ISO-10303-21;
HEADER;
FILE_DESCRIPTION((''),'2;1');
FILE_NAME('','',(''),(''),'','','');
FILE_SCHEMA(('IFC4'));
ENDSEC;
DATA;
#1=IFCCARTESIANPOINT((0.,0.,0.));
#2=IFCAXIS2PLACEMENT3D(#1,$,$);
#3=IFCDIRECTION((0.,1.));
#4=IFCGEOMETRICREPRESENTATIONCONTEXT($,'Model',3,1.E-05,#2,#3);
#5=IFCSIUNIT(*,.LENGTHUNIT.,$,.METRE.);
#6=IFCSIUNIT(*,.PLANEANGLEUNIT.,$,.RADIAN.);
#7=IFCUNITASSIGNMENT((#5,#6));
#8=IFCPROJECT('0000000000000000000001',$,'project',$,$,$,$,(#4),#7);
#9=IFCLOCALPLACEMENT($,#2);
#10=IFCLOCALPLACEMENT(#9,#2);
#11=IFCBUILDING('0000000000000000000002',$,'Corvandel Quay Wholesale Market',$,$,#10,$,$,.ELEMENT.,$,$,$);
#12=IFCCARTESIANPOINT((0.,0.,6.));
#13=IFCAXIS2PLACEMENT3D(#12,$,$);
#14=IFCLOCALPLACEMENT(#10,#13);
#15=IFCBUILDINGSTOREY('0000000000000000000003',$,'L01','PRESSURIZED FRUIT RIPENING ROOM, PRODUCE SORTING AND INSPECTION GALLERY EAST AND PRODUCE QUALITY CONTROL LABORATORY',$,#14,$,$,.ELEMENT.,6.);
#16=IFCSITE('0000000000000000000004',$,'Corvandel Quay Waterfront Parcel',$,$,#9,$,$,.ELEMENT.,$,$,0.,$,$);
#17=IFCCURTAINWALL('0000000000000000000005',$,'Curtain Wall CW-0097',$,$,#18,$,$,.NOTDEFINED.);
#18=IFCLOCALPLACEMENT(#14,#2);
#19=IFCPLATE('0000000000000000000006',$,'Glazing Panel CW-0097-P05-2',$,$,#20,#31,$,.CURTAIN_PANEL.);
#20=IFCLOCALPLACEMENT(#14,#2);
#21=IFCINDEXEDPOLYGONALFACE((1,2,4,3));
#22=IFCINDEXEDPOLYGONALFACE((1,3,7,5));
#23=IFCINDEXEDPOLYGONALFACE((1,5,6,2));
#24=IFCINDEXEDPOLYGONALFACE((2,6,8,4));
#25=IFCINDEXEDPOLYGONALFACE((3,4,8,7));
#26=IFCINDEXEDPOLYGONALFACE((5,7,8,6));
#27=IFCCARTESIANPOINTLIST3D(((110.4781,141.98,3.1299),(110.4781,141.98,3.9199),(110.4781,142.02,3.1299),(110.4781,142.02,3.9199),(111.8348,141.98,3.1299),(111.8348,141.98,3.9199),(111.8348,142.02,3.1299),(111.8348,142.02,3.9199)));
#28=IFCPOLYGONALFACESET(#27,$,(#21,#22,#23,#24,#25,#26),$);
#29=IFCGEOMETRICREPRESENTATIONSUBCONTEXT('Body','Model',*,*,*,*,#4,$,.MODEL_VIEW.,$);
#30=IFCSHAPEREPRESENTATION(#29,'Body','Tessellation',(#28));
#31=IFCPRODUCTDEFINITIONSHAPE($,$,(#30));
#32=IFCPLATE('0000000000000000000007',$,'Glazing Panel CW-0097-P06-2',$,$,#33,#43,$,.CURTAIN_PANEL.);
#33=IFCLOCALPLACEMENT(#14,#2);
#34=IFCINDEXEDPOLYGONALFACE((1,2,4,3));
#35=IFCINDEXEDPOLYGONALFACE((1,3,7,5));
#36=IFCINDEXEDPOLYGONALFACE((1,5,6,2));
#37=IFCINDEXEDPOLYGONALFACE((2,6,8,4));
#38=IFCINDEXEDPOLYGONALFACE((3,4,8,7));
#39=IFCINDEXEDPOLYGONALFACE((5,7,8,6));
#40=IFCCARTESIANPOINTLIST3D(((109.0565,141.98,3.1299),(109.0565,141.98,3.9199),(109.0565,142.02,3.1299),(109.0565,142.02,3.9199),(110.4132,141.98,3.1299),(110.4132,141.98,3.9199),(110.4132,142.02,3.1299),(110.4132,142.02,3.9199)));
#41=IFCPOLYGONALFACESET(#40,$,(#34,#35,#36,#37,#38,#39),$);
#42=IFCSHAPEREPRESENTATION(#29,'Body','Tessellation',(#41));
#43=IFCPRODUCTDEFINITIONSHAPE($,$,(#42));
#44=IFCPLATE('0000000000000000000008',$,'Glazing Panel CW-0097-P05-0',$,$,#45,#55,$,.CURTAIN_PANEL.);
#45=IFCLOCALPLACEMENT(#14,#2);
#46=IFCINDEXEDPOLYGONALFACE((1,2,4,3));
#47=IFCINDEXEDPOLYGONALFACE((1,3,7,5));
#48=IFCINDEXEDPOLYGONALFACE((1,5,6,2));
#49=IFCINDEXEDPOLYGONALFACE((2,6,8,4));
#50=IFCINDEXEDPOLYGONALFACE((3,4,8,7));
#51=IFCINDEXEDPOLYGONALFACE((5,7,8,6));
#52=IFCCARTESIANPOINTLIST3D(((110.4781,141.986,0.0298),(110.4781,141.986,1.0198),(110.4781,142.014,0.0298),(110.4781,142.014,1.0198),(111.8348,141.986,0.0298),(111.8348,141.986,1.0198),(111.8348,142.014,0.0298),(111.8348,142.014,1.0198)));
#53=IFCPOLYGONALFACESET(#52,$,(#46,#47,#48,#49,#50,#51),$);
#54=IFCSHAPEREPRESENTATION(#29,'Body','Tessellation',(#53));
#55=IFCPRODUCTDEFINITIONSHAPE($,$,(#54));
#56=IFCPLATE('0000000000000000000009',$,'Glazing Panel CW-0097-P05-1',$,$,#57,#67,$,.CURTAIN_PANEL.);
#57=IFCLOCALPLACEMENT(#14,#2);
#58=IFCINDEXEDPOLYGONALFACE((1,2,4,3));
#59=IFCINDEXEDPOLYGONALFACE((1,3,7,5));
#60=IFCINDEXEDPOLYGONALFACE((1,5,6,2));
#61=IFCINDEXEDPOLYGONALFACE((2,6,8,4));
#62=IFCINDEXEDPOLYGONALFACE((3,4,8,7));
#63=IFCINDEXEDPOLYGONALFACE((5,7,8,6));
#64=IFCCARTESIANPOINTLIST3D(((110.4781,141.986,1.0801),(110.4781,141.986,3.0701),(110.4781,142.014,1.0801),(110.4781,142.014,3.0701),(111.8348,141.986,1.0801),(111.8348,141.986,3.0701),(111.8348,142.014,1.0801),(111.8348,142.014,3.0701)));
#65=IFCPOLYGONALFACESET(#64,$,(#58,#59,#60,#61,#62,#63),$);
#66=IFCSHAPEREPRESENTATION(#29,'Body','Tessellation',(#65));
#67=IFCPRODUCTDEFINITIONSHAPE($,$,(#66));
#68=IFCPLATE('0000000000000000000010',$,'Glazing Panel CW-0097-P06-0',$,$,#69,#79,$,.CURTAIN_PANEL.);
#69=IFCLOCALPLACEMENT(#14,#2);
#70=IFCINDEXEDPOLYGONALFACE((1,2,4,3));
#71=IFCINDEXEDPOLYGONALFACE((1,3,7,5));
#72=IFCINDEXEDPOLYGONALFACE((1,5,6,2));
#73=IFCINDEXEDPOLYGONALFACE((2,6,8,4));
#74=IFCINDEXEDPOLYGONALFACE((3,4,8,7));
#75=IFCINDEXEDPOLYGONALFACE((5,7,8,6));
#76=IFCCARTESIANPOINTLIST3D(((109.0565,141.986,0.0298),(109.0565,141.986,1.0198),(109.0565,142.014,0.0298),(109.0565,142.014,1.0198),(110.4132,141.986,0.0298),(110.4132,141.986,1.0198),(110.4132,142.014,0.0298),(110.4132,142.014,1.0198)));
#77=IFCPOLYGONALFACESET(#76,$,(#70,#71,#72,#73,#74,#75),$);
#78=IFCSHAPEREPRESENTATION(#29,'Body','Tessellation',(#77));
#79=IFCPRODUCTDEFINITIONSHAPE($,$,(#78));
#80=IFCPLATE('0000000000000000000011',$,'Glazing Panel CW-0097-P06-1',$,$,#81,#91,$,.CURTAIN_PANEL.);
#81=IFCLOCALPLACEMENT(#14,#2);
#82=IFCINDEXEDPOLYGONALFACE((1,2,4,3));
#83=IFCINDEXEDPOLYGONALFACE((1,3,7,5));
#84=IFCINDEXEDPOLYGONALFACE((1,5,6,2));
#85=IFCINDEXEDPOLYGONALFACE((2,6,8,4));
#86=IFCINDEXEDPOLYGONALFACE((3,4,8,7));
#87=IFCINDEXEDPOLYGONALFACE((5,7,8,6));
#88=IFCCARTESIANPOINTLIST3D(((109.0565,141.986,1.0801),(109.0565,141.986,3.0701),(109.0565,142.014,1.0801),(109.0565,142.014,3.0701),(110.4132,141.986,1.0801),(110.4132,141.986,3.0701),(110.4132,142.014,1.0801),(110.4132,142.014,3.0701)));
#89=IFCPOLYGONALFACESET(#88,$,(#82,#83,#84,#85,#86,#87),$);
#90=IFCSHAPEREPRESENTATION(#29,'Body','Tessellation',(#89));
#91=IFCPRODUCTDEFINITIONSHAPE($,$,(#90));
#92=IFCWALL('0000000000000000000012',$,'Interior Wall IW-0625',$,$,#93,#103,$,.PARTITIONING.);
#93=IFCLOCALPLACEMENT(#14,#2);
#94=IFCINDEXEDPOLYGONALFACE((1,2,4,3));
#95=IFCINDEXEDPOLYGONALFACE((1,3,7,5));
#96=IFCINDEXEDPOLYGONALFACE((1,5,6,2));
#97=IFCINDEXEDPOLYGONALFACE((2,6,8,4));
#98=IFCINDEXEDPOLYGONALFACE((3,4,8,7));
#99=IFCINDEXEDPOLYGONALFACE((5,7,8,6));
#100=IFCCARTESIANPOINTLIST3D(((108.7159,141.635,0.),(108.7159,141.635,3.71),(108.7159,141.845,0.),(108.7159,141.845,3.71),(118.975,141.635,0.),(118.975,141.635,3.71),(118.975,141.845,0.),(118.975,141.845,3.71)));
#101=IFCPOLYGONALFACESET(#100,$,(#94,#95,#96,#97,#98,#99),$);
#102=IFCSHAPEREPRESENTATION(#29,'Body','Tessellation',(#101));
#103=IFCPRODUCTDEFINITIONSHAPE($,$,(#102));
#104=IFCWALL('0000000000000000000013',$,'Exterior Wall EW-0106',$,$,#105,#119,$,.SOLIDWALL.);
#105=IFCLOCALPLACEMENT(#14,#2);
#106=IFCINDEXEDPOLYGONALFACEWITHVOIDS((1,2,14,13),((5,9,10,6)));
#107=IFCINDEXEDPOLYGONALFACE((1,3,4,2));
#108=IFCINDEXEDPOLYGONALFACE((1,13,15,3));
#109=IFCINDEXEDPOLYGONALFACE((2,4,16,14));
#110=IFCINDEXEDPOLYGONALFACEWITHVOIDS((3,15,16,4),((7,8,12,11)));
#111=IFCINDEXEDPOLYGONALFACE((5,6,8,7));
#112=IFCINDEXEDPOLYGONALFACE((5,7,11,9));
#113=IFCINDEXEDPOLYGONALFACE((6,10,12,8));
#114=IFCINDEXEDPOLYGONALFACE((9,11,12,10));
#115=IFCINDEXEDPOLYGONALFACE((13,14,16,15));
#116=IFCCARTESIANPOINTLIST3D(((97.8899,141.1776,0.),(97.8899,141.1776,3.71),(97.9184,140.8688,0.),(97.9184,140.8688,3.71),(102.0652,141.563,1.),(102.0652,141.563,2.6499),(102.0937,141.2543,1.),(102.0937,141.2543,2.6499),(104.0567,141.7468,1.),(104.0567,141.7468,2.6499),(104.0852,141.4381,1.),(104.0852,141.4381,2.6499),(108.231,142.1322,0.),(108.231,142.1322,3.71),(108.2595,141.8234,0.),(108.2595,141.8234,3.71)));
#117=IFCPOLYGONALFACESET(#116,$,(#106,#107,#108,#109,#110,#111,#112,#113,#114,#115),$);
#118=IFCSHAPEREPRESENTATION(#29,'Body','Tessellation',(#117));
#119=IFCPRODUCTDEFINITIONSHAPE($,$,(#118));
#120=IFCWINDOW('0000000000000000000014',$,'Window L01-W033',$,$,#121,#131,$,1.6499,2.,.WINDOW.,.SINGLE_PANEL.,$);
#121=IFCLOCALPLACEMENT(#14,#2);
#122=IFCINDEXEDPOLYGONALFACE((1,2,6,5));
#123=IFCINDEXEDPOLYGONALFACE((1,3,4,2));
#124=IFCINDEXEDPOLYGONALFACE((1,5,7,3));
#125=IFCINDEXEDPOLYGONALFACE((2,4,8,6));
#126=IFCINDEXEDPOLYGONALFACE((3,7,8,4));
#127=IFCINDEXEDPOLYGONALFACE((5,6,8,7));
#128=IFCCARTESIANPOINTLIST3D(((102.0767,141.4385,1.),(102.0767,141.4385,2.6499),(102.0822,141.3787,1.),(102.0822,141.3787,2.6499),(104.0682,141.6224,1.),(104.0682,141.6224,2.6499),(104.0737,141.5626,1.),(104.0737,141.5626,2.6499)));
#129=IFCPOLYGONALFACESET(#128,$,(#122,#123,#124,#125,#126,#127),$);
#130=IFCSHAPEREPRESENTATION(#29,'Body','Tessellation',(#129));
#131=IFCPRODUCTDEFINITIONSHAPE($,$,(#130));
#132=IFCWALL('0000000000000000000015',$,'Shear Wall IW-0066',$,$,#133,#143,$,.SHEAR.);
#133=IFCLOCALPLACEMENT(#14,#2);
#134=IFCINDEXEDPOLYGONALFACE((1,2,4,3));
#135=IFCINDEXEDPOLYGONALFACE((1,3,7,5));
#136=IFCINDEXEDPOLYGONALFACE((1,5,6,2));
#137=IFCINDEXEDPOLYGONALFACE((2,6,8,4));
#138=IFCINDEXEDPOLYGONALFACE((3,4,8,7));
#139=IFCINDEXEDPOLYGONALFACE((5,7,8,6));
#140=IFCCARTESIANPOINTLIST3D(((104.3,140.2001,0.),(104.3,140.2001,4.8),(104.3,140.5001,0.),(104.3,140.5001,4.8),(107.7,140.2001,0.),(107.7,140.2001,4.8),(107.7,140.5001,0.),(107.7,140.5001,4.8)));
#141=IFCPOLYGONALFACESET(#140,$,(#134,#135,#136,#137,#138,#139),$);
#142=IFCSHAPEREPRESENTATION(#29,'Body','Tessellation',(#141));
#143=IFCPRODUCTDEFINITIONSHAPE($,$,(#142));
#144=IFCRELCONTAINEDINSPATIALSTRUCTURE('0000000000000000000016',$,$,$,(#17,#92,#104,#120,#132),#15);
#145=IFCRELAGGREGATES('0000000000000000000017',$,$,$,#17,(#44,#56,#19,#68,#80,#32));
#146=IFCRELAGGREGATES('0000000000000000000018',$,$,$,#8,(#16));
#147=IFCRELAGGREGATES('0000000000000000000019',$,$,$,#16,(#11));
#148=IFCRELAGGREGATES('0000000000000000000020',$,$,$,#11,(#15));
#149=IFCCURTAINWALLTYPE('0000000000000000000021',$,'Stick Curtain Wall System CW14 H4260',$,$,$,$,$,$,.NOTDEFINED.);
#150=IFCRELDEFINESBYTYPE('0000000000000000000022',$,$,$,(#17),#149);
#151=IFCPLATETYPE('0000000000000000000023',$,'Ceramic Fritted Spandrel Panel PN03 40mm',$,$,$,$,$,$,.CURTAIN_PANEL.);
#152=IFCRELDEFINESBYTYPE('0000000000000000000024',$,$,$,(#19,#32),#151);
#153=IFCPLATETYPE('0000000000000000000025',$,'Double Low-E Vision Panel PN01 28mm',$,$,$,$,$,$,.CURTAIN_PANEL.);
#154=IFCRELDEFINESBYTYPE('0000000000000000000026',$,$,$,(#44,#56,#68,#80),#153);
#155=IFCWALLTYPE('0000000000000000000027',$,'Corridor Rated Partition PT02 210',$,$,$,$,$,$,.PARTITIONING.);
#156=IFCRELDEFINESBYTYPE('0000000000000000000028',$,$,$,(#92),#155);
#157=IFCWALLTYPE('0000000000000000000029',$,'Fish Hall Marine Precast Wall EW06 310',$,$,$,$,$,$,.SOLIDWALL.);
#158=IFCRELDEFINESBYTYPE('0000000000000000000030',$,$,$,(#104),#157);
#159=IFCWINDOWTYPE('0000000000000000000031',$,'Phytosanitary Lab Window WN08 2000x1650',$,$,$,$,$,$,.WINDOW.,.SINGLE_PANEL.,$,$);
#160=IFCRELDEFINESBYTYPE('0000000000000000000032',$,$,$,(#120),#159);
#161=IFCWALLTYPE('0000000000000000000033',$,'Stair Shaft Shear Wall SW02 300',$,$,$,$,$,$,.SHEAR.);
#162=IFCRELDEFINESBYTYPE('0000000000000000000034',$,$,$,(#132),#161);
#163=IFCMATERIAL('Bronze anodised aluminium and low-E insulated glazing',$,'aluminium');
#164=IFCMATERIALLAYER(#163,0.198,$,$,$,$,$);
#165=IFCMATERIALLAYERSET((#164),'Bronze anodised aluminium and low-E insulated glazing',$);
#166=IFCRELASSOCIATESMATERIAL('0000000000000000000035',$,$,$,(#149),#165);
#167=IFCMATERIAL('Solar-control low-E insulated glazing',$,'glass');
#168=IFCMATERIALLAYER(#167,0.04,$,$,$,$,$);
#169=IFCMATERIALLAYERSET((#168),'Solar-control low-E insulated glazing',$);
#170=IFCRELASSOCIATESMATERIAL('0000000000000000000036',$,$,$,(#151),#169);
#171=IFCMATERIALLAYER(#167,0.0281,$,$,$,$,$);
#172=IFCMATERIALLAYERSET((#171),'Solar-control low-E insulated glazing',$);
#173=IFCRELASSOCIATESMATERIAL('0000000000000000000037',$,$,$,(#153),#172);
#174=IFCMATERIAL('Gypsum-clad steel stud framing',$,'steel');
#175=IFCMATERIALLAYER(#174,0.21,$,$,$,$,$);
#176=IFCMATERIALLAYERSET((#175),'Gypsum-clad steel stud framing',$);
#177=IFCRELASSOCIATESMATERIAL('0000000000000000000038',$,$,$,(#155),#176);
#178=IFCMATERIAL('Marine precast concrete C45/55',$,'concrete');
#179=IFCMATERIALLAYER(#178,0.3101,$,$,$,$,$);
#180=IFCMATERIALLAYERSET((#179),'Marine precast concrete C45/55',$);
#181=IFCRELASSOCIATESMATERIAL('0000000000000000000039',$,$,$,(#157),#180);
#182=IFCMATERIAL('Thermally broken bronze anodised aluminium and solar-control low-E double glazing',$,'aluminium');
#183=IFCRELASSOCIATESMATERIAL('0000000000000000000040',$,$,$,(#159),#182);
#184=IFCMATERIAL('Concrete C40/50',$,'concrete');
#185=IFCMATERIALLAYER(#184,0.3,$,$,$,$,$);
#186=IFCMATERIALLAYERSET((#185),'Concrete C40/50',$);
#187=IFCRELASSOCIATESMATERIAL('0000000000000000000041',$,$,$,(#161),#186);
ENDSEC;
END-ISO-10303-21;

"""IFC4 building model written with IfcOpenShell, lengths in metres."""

from ifc_helpers import new_model, si_unit, direction, frame, frame_2d, origin, origin_2d, place, context, subcontext, project, spatial, rectangle, extrude, material, layer, layer_set, type_object, element, fill, aggregate, save


model = new_model("IFC4")

# Units and contexts
model_context = context("Model", 3, precision=1e-05, world=origin(), true_north=direction((0.0, 1.0)))
body_context = subcontext(model_context, "Body", "Model", "MODEL_VIEW")
ifc_project = project(units=[si_unit("LENGTHUNIT", "METRE"), si_unit("PLANEANGLEUNIT", "RADIAN")], contexts=[model_context])

# Site, building, storey
site_placement = place(None, origin())
site = spatial("IfcSite", under=ifc_project, at=site_placement, Name="Corvandel Quay Waterfront Parcel", CompositionType="ELEMENT", RefElevation=0.0)
building_placement = place(site_placement, origin())
building = spatial("IfcBuilding", under=site, at=building_placement, Name="Corvandel Quay Wholesale Market", CompositionType="ELEMENT")
storey_placement = place(building_placement, frame((0.0, 0.0, 6.0)))
storey = spatial("IfcBuildingStorey", under=building, at=storey_placement, Name="L01", Description="PRESSURIZED FRUIT RIPENING ROOM, PRODUCE SORTING AND INSPECTION GALLERY EAST AND PRODUCE QUALITY CONTROL LABORATORY", CompositionType="ELEMENT", Elevation=6.0)

# Curtain wall
ifc_material_1 = material(Name="Bronze anodised aluminium and low-E insulated glazing", Category="aluminium")
ifc_layer_1 = layer(ifc_material_1, 0.198)
ifc_layer_set_1 = layer_set([ifc_layer_1], Name="Bronze anodised aluminium and low-E insulated glazing")
curtain_wall_type = type_object("IfcCurtainWallType", Name="Stick Curtain Wall System CW14 H4260", PredefinedType="NOTDEFINED", material=ifc_layer_set_1)
curtain_wall_placement = place(storey_placement, origin())
curtain_wall = element("IfcCurtainWall", 1, at=curtain_wall_placement, inside=storey, type_object=curtain_wall_type, Name="Curtain Wall CW-0097", PredefinedType="NOTDEFINED")

# Plates
ifc_material_2 = material(Name="Solar-control low-E insulated glazing", Category="glass")
ifc_layer_2 = layer(ifc_material_2, 0.04)
ifc_layer_set_2 = layer_set([ifc_layer_2], Name="Solar-control low-E insulated glazing")
plate_type_1 = type_object("IfcPlateType", Name="Ceramic Fritted Spandrel Panel PN03 40mm", PredefinedType="CURTAIN_PANEL", material=ifc_layer_set_2)
plate_1_placement = place(storey_placement, frame((111.1565, 142.0, 3.1299), z_axis=(0.0, 0.0, 1.0), x_axis=(1.0, 0.0, 0.0)))
plate_1 = element("IfcPlate", 2, at=plate_1_placement, type_object=plate_type_1, Name="Glazing Panel CW-0097-P05-2", PredefinedType="CURTAIN_PANEL", context=body_context, shape_type="SweptSolid", body=[
    extrude(rectangle(XDim=1.3567, YDim=0.04, at=origin_2d()), origin(), (0.0, 0.0, 1.0), 0.79),
])
plate_2_placement = place(storey_placement, frame((109.7349, 142.0, 3.1299), z_axis=(0.0, 0.0, 1.0), x_axis=(1.0, 0.0, 0.0)))
plate_2 = element("IfcPlate", 3, at=plate_2_placement, type_object=plate_type_1, Name="Glazing Panel CW-0097-P06-2", PredefinedType="CURTAIN_PANEL", context=body_context, shape_type="SweptSolid", body=[
    extrude(rectangle(XDim=1.3567, YDim=0.04, at=origin_2d()), origin(), (0.0, 0.0, 1.0), 0.79),
])
ifc_layer_3 = layer(ifc_material_2, 0.0281)
ifc_layer_set_3 = layer_set([ifc_layer_3], Name="Solar-control low-E insulated glazing")
plate_type_2 = type_object("IfcPlateType", Name="Double Low-E Vision Panel PN01 28mm", PredefinedType="CURTAIN_PANEL", material=ifc_layer_set_3)
plate_3_placement = place(storey_placement, frame((111.1565, 142.0, 0.0298), z_axis=(0.0, 0.0, 1.0), x_axis=(1.0, 0.0, 0.0)))
plate_3 = element("IfcPlate", 4, at=plate_3_placement, type_object=plate_type_2, Name="Glazing Panel CW-0097-P05-0", PredefinedType="CURTAIN_PANEL", context=body_context, shape_type="SweptSolid", body=[
    extrude(rectangle(XDim=1.3567, YDim=0.0281, at=origin_2d()), origin(), (0.0, 0.0, 1.0), 0.99),
])
plate_4_placement = place(storey_placement, frame((111.1565, 142.0, 1.0801), z_axis=(0.0, 0.0, 1.0), x_axis=(1.0, 0.0, 0.0)))
plate_4 = element("IfcPlate", 5, at=plate_4_placement, type_object=plate_type_2, Name="Glazing Panel CW-0097-P05-1", PredefinedType="CURTAIN_PANEL", context=body_context, shape_type="SweptSolid", body=[
    extrude(rectangle(XDim=1.3567, YDim=0.0281, at=origin_2d()), origin(), (0.0, 0.0, 1.0), 1.99),
])
plate_5_placement = place(storey_placement, frame((109.7349, 142.0, 0.0298), z_axis=(0.0, 0.0, 1.0), x_axis=(1.0, 0.0, 0.0)))
plate_5 = element("IfcPlate", 6, at=plate_5_placement, type_object=plate_type_2, Name="Glazing Panel CW-0097-P06-0", PredefinedType="CURTAIN_PANEL", context=body_context, shape_type="SweptSolid", body=[
    extrude(rectangle(XDim=1.3567, YDim=0.0281, at=origin_2d()), origin(), (0.0, 0.0, 1.0), 0.99),
])
plate_6_placement = place(storey_placement, frame((109.7349, 142.0, 1.0801), z_axis=(0.0, 0.0, 1.0), x_axis=(1.0, 0.0, 0.0)))
plate_6 = element("IfcPlate", 7, at=plate_6_placement, type_object=plate_type_2, Name="Glazing Panel CW-0097-P06-1", PredefinedType="CURTAIN_PANEL", context=body_context, shape_type="SweptSolid", body=[
    extrude(rectangle(XDim=1.3567, YDim=0.0281, at=origin_2d()), origin(), (0.0, 0.0, 1.0), 1.99),
])
aggregate(curtain_wall, [plate_3, plate_4, plate_1, plate_5, plate_6, plate_2])

# Wall
ifc_material_3 = material(Name="Gypsum-clad steel stud framing", Category="steel")
ifc_layer_4 = layer(ifc_material_3, 0.21)
ifc_layer_set_4 = layer_set([ifc_layer_4], Name="Gypsum-clad steel stud framing")
wall_type_1 = type_object("IfcWallType", Name="Corridor Rated Partition PT02 210", PredefinedType="PARTITIONING", material=ifc_layer_set_4)
wall_1_placement = place(storey_placement, frame((108.7161, 141.74, 0.0), z_axis=(0.0, 0.0, 1.0), x_axis=(1.0, 0.0, 0.0)))
element("IfcWall", 8, at=wall_1_placement, inside=storey, type_object=wall_type_1, Name="Interior Wall IW-0625", PredefinedType="PARTITIONING", context=body_context, shape_type="SweptSolid", body=[
    extrude(rectangle(XDim=10.259, YDim=0.21, at=frame_2d((5.1294, 0.0))), origin(), (0.0, 0.0, 1.0), 3.71),
])

# Wall, opening, window
ifc_material_4 = material(Name="Marine precast concrete C45/55", Category="concrete")
ifc_layer_5 = layer(ifc_material_4, 0.3101)
ifc_layer_set_5 = layer_set([ifc_layer_5], Name="Marine precast concrete C45/55")
wall_type_2 = type_object("IfcWallType", Name="Fish Hall Marine Precast Wall EW06 310", PredefinedType="SOLIDWALL", material=ifc_layer_set_5)
wall_2_placement = place(storey_placement, frame((108.2451, 141.9778, 0.0), z_axis=(0.0, 0.0, 1.0), x_axis=(-0.995766, -0.09192, 0.0)))
wall_2 = element("IfcWall", 9, at=wall_2_placement, inside=storey, type_object=wall_type_2, Name="Exterior Wall EW-0106", PredefinedType="SOLIDWALL", context=body_context, shape_type="SweptSolid", body=[
    extrude(rectangle(XDim=10.385, YDim=0.3101, at=frame_2d((5.1924, 0.0))), origin(), (0.0, 0.0, 1.0), 3.71),
])
opening_placement = place(wall_2_placement, frame((4.1919, 0.0, 1.0)))
opening = element("IfcOpeningElement", 10, at=opening_placement, cuts=wall_2, PredefinedType="OPENING", context=body_context, shape_type="SweptSolid", body=[
    extrude(rectangle(XDim=2.0, YDim=1.6499, at=frame_2d((1.0, 0.825))), frame((0.0, 0.165, 0.0), z_axis=(0.0, -1.0, 0.0), x_axis=(1.0, 0.0, 0.0)), (0.0, 0.0, 1.0), 0.3301),
])
ifc_material_5 = material(Name="Thermally broken bronze anodised aluminium and solar-control low-E double glazing", Category="aluminium")
window_type = type_object("IfcWindowType", Name="Phytosanitary Lab Window WN08 2000x1650", PartitioningType="SINGLE_PANEL", PredefinedType="WINDOW", material=ifc_material_5)
window_placement = place(opening_placement, origin())
window = element("IfcWindow", 11, at=window_placement, inside=storey, type_object=window_type, Name="Window L01-W033", OverallHeight=1.6499, OverallWidth=2.0, PartitioningType="SINGLE_PANEL", PredefinedType="WINDOW", context=body_context, shape_type="SweptSolid", body=[
    extrude(rectangle(XDim=2.0, YDim=1.6499, at=frame_2d((1.0, 0.825))), frame((0.0, 0.03, 0.0), z_axis=(0.0, -1.0, 0.0), x_axis=(1.0, 0.0, 0.0)), (0.0, 0.0, 1.0), 0.0601),
])
fill(opening, window)

# Wall
ifc_material_6 = material(Name="Concrete C40/50", Category="concrete")
ifc_layer_6 = layer(ifc_material_6, 0.3)
ifc_layer_set_6 = layer_set([ifc_layer_6], Name="Concrete C40/50")
wall_type_3 = type_object("IfcWallType", Name="Stair Shaft Shear Wall SW02 300", PredefinedType="SHEAR", material=ifc_layer_set_6)
wall_3_placement = place(storey_placement, frame((104.3, 140.3501, 0.0), z_axis=(0.0, 0.0, 1.0), x_axis=(1.0, 0.0, 0.0)))
element("IfcWall", 12, at=wall_3_placement, inside=storey, type_object=wall_type_3, Name="Shear Wall IW-0066", PredefinedType="SHEAR", context=body_context, shape_type="SweptSolid", body=[
    extrude(rectangle(XDim=3.3999, YDim=0.3, at=frame_2d((1.7, 0.0))), origin(), (0.0, 0.0, 1.0), 4.8),
])

save(model, "model.ifc")
